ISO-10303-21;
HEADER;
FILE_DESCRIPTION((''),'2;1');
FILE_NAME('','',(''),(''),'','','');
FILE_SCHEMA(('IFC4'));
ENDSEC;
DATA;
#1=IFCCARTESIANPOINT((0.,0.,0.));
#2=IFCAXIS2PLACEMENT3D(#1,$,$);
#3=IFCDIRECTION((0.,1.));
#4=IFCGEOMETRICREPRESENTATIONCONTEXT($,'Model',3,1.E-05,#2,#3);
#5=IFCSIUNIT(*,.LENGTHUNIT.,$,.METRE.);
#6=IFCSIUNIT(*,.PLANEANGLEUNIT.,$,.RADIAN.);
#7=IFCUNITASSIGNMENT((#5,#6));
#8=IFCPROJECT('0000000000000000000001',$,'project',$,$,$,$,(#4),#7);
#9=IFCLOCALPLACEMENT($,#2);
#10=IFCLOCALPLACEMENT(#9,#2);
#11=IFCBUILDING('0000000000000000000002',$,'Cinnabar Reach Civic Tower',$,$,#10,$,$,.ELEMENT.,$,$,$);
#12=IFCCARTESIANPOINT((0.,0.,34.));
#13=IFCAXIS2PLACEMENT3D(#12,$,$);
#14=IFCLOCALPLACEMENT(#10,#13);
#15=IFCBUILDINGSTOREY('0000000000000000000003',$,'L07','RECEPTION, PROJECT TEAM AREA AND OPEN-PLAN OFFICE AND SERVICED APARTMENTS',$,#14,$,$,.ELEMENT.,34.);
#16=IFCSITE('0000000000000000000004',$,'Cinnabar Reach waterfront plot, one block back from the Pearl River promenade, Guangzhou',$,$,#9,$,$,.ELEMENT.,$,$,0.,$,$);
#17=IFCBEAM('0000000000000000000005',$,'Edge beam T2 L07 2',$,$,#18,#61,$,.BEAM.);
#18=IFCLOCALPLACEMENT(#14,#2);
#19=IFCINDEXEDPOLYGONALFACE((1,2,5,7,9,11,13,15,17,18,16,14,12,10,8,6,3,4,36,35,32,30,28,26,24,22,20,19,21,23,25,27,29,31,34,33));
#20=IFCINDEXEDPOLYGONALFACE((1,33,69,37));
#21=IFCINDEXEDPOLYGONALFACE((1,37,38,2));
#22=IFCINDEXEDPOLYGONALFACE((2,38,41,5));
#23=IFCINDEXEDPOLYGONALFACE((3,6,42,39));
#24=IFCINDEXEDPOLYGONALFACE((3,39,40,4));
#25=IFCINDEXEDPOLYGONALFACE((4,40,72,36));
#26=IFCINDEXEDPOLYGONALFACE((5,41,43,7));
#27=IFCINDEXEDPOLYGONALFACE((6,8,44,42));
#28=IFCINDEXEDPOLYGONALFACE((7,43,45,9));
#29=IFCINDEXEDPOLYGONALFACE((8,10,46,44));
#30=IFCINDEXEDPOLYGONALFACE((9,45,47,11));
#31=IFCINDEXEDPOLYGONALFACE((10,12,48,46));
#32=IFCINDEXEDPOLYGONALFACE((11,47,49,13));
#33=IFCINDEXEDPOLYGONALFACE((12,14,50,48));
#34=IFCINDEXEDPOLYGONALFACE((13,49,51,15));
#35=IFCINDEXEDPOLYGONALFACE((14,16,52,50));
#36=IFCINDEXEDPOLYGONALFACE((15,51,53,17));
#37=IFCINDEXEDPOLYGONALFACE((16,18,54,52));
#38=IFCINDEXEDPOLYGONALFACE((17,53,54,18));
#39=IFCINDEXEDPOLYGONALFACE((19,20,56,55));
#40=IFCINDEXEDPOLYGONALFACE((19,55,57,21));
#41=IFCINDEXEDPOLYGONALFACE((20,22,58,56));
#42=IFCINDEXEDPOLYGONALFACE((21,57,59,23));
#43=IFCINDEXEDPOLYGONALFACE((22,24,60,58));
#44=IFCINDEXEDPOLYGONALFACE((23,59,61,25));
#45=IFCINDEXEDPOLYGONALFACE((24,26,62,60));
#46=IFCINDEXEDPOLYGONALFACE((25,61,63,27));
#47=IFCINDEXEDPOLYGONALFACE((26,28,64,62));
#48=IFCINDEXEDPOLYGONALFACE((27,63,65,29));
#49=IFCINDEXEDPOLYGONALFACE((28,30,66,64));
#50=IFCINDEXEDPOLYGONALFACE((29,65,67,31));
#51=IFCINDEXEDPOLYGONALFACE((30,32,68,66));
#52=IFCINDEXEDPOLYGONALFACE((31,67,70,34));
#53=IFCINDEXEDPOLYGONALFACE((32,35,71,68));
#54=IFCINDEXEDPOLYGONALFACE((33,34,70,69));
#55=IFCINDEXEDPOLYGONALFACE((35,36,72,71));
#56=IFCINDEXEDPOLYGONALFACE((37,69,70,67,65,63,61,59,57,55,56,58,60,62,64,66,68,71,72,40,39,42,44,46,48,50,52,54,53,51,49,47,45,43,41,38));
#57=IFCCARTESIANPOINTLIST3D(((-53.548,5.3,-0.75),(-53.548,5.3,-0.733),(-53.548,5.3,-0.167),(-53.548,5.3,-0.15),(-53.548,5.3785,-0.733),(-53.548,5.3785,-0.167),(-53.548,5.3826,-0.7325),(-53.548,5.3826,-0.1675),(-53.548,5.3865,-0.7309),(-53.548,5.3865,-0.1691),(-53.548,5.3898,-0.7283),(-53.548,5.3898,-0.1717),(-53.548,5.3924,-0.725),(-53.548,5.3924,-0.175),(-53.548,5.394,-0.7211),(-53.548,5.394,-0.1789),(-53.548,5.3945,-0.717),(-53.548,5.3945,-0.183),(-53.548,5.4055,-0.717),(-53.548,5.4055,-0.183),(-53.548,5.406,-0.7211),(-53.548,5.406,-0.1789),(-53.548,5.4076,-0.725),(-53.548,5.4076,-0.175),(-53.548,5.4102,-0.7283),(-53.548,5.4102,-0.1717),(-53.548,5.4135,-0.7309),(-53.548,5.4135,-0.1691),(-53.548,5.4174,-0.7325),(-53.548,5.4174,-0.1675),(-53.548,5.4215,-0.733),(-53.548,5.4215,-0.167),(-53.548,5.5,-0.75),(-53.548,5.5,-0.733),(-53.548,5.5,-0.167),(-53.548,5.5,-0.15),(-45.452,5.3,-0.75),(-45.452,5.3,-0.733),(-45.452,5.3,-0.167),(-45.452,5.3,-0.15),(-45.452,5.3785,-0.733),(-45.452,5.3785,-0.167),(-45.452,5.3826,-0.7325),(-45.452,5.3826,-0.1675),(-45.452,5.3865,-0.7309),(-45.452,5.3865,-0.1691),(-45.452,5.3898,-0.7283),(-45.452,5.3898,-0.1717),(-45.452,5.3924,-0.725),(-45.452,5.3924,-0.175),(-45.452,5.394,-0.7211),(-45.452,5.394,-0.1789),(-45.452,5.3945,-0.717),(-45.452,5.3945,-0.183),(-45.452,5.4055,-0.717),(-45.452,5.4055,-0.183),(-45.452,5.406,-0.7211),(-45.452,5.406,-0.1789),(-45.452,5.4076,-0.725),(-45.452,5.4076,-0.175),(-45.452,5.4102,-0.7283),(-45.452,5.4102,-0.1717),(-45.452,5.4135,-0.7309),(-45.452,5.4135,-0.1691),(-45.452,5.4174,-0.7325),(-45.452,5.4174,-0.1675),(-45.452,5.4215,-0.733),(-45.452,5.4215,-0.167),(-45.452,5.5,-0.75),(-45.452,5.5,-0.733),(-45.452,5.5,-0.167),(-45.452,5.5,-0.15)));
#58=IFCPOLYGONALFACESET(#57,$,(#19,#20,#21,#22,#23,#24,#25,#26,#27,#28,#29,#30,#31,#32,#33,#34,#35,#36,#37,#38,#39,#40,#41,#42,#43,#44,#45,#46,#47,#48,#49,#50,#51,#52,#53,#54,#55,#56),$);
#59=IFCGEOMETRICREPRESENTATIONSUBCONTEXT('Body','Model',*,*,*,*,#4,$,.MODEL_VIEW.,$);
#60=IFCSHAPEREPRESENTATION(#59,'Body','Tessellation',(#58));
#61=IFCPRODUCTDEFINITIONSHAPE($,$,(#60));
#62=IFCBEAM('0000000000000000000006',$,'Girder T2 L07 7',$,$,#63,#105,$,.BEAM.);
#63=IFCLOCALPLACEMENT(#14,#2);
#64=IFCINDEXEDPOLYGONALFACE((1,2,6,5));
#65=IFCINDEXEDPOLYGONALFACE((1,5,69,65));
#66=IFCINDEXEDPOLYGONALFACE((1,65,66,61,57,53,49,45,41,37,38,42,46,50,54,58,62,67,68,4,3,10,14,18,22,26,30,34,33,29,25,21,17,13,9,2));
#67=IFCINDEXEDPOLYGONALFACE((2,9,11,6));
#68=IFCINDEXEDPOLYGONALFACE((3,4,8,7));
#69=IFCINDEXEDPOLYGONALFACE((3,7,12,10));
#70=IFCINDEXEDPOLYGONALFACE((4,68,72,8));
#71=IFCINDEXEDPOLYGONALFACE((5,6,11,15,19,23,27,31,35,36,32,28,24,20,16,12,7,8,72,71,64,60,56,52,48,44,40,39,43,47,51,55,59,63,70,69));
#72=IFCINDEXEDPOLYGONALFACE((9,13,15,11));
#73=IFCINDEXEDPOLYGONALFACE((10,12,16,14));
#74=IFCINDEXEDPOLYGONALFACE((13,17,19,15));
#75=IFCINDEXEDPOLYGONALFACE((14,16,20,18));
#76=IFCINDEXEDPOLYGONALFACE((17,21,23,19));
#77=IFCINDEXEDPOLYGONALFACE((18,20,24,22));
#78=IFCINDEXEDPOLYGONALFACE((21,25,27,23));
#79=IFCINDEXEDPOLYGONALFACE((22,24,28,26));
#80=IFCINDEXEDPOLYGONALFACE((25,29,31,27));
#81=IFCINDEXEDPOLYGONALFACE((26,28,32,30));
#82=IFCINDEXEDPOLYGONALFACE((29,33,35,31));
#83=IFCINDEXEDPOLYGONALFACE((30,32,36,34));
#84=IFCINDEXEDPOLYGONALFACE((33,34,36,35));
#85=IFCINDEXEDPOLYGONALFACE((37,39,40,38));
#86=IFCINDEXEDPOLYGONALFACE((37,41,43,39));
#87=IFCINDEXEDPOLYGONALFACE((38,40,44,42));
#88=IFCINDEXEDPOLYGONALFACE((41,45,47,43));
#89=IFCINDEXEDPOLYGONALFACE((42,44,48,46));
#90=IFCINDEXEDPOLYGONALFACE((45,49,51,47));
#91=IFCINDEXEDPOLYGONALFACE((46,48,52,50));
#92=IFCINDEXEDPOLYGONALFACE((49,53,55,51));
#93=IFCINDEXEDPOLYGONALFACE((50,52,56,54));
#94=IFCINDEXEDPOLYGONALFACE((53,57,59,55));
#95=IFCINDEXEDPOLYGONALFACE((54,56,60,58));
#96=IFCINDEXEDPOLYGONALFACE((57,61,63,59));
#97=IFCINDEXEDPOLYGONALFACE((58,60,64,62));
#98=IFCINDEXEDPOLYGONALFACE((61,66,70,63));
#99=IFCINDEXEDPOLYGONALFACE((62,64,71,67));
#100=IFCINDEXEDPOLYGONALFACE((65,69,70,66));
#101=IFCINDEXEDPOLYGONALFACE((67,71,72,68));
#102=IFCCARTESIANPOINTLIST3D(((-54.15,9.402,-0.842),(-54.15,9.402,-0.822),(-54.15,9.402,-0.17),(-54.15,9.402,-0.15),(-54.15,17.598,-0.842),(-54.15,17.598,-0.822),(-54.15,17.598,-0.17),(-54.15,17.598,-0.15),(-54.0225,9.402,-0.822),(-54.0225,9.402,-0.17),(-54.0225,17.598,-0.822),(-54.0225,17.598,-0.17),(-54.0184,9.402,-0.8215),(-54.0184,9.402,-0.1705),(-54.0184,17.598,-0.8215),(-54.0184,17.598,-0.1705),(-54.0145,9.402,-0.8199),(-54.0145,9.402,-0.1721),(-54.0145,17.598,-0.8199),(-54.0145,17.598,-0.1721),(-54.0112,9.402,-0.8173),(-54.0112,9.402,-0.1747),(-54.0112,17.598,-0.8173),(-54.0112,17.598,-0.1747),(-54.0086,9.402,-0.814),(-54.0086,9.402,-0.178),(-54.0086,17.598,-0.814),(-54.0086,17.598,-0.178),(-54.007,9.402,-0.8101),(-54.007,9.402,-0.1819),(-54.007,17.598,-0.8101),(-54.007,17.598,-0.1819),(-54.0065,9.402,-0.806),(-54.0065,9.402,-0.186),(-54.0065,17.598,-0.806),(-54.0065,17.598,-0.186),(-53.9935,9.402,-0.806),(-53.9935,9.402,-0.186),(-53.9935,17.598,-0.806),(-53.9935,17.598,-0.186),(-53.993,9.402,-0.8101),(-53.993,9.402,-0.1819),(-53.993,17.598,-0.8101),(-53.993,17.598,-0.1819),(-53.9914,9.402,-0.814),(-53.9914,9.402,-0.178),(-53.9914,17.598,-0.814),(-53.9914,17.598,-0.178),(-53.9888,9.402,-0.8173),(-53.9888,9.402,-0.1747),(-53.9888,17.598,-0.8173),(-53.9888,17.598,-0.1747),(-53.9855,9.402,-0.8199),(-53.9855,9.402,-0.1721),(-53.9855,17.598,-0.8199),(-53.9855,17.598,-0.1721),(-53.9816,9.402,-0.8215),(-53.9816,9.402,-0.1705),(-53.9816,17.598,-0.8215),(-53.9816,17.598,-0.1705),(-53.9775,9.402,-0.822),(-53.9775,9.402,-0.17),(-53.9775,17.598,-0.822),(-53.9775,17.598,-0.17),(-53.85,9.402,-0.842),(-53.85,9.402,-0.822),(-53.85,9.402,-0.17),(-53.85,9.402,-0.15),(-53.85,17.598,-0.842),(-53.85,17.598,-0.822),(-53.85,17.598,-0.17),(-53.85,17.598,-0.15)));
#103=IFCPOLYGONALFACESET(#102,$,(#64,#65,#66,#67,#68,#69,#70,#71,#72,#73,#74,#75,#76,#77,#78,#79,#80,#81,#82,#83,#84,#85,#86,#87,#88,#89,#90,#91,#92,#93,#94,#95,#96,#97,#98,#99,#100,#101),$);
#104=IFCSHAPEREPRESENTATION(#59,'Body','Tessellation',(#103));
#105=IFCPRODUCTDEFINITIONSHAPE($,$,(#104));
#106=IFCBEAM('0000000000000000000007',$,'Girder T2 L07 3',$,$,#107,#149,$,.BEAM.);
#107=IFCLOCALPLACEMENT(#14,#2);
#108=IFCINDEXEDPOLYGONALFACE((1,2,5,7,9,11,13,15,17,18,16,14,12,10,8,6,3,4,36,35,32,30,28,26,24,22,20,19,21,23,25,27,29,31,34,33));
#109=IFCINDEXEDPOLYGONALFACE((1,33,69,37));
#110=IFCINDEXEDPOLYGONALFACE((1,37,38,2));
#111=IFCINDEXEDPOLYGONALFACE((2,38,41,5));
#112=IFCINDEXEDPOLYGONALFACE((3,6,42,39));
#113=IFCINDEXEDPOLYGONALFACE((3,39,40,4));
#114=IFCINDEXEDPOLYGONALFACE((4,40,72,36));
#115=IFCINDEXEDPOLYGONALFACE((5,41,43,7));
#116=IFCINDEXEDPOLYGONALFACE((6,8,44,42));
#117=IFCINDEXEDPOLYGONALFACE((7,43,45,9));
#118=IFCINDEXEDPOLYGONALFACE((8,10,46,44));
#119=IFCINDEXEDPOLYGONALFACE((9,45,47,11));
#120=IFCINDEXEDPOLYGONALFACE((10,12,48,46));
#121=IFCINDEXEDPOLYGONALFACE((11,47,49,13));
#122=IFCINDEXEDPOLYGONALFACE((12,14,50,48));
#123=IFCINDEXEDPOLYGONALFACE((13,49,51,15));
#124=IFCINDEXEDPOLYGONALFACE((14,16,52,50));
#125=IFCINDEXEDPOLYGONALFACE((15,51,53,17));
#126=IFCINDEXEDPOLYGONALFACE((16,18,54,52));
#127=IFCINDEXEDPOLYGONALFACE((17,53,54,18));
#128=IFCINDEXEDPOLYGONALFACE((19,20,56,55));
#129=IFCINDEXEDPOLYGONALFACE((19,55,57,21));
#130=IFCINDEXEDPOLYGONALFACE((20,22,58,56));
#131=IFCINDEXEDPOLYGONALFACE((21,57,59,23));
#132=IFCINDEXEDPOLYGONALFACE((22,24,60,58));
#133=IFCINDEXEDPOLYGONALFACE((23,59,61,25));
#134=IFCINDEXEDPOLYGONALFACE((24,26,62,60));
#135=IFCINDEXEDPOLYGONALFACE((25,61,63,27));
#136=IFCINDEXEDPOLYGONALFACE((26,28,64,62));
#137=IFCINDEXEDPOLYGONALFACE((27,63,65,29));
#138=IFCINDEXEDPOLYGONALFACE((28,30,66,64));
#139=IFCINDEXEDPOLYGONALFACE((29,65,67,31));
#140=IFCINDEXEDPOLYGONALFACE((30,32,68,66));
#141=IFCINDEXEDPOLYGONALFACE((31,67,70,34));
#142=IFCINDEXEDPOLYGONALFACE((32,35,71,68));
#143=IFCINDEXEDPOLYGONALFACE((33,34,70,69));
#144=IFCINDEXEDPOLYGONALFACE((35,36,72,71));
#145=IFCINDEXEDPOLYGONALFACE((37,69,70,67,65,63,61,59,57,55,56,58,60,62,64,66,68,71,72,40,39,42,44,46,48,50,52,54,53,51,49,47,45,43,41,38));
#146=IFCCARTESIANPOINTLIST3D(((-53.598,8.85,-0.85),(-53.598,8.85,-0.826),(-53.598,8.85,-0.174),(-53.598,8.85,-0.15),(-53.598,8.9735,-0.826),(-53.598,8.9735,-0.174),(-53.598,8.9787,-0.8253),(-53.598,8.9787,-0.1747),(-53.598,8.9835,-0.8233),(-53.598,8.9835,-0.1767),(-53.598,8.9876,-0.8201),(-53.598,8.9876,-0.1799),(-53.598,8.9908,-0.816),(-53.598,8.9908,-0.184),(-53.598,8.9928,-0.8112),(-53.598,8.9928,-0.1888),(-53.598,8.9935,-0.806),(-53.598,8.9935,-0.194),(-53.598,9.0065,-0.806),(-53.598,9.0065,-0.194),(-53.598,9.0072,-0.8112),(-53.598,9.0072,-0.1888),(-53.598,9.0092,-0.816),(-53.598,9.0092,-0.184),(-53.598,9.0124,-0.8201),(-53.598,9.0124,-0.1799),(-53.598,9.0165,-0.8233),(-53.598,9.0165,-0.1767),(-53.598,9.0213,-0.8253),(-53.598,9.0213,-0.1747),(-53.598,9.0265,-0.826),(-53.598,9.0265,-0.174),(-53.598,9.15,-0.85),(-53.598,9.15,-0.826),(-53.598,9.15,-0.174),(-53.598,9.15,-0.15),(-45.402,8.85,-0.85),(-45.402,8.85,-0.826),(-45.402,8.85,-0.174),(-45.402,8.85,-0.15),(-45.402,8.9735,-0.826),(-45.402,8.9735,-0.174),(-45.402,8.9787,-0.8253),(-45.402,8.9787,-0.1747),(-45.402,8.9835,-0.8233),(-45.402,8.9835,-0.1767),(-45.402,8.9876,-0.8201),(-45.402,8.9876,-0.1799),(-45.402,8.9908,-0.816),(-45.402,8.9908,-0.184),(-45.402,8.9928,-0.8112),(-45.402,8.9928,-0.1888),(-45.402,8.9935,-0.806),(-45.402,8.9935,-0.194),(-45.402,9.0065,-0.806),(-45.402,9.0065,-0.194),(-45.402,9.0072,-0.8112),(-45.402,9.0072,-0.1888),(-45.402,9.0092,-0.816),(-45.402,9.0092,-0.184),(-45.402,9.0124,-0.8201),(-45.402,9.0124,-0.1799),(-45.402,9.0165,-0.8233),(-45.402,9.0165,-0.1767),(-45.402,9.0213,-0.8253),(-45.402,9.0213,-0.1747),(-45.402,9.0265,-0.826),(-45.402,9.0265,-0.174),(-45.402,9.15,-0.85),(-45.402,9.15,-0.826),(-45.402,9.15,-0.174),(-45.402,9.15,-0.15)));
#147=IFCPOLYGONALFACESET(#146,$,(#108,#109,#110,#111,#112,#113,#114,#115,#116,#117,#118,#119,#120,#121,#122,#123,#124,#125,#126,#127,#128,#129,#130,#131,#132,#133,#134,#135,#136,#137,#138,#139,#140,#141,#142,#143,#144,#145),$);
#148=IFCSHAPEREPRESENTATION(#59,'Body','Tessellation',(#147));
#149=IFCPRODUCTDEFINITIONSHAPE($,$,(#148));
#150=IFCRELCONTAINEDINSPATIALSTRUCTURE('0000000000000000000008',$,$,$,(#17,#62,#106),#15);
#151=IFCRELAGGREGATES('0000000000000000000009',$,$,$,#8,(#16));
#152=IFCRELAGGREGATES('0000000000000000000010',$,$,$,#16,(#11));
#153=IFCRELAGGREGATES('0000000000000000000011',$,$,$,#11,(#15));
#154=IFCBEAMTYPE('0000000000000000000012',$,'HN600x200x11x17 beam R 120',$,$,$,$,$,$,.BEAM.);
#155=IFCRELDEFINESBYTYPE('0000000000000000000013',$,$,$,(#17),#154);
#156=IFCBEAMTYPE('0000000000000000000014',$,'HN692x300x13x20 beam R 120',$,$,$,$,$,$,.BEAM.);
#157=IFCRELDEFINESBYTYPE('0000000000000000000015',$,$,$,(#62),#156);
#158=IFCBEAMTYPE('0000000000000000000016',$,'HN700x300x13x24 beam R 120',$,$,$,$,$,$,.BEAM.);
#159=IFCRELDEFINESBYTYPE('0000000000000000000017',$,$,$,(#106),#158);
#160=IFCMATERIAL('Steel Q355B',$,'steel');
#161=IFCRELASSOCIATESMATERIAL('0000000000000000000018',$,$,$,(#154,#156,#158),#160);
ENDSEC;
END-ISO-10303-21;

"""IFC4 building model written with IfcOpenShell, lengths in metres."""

from ifc_helpers import new_model, si_unit, direction, frame, origin, origin_2d, place, context, subcontext, project, spatial, i_section, extrude, material, material_profile, profile_set, type_object, element, save


model = new_model("IFC4")

# Units and contexts
model_context = context("Model", 3, precision=1e-05, world=origin(), true_north=direction((0.0, 1.0)))
body_context = subcontext(model_context, "Body", "Model", "MODEL_VIEW")
ifc_project = project(units=[si_unit("LENGTHUNIT", "METRE"), si_unit("PLANEANGLEUNIT", "RADIAN")], contexts=[model_context])

# Site, building, storey
site_placement = place(None, origin())
site = spatial("IfcSite", under=ifc_project, at=site_placement, Name="Cinnabar Reach waterfront plot, one block back from the Pearl River promenade, Guangzhou", CompositionType="ELEMENT", RefElevation=0.0)
building_placement = place(site_placement, origin())
building = spatial("IfcBuilding", under=site, at=building_placement, Name="Cinnabar Reach Civic Tower", CompositionType="ELEMENT")
storey_placement = place(building_placement, frame((0.0, 0.0, 34.0)))
storey = spatial("IfcBuildingStorey", under=building, at=storey_placement, Name="L07", Description="RECEPTION, PROJECT TEAM AREA AND OPEN-PLAN OFFICE AND SERVICED APARTMENTS", CompositionType="ELEMENT", Elevation=34.0)

# Beams
ifc_material_1 = material(Name="Steel Q355B", Category="steel")
ifc_material_profile_1 = material_profile(ifc_material_1, i_section(OverallWidth=0.2, OverallDepth=0.6, WebThickness=0.011, FlangeThickness=0.017, FilletRadius=0.016, at=origin_2d()), Name="HN600x200x11x17")
ifc_profile_set_1 = profile_set([ifc_material_profile_1], Name="Steel Q355B")
beam_type_1 = type_object("IfcBeamType", Name="HN600x200x11x17 beam R 120", PredefinedType="BEAM", material=ifc_profile_set_1)
beam_1_placement = place(storey_placement, frame((-53.548, 5.4, -0.45), z_axis=(1.0, 0.0, 0.0), x_axis=(0.0, 1.0, 0.0)))
element("IfcBeam", 1, at=beam_1_placement, inside=storey, type_object=beam_type_1, Name="Edge beam T2 L07 2", PredefinedType="BEAM", context=body_context, shape_type="SweptSolid", body=[
    extrude(i_section(OverallWidth=0.2, OverallDepth=0.6, WebThickness=0.011, FlangeThickness=0.017, FilletRadius=0.016, at=origin_2d()), origin(), (0.0, 0.0, 1.0), 8.096),
])
ifc_material_profile_2 = material_profile(ifc_material_1, i_section(OverallWidth=0.3, OverallDepth=0.692, WebThickness=0.013, FlangeThickness=0.02, FilletRadius=0.016, at=origin_2d()), Name="HN692x300x13x20")
ifc_profile_set_2 = profile_set([ifc_material_profile_2], Name="Steel Q355B")
beam_type_2 = type_object("IfcBeamType", Name="HN692x300x13x20 beam R 120", PredefinedType="BEAM", material=ifc_profile_set_2)
beam_2_placement = place(storey_placement, frame((-54.0, 9.402, -0.496), z_axis=(0.0, 1.0, 0.0), x_axis=(-1.0, 0.0, 0.0)))
element("IfcBeam", 2, at=beam_2_placement, inside=storey, type_object=beam_type_2, Name="Girder T2 L07 7", PredefinedType="BEAM", context=body_context, shape_type="SweptSolid", body=[
    extrude(i_section(OverallWidth=0.3, OverallDepth=0.692, WebThickness=0.013, FlangeThickness=0.02, FilletRadius=0.016, at=origin_2d()), origin(), (0.0, 0.0, 1.0), 8.196),
])
ifc_material_profile_3 = material_profile(ifc_material_1, i_section(OverallWidth=0.3, OverallDepth=0.7, WebThickness=0.013, FlangeThickness=0.024, FilletRadius=0.02, at=origin_2d()), Name="HN700x300x13x24")
ifc_profile_set_3 = profile_set([ifc_material_profile_3], Name="Steel Q355B")
beam_type_3 = type_object("IfcBeamType", Name="HN700x300x13x24 beam R 120", PredefinedType="BEAM", material=ifc_profile_set_3)
beam_3_placement = place(storey_placement, frame((-53.598, 9.0, -0.5), z_axis=(1.0, 0.0, 0.0), x_axis=(0.0, 1.0, 0.0)))
element("IfcBeam", 3, at=beam_3_placement, inside=storey, type_object=beam_type_3, Name="Girder T2 L07 3", PredefinedType="BEAM", context=body_context, shape_type="SweptSolid", body=[
    extrude(i_section(OverallWidth=0.3, OverallDepth=0.7, WebThickness=0.013, FlangeThickness=0.024, FilletRadius=0.02, at=origin_2d()), origin(), (0.0, 0.0, 1.0), 8.196),
])

save(model, "model.ifc")
